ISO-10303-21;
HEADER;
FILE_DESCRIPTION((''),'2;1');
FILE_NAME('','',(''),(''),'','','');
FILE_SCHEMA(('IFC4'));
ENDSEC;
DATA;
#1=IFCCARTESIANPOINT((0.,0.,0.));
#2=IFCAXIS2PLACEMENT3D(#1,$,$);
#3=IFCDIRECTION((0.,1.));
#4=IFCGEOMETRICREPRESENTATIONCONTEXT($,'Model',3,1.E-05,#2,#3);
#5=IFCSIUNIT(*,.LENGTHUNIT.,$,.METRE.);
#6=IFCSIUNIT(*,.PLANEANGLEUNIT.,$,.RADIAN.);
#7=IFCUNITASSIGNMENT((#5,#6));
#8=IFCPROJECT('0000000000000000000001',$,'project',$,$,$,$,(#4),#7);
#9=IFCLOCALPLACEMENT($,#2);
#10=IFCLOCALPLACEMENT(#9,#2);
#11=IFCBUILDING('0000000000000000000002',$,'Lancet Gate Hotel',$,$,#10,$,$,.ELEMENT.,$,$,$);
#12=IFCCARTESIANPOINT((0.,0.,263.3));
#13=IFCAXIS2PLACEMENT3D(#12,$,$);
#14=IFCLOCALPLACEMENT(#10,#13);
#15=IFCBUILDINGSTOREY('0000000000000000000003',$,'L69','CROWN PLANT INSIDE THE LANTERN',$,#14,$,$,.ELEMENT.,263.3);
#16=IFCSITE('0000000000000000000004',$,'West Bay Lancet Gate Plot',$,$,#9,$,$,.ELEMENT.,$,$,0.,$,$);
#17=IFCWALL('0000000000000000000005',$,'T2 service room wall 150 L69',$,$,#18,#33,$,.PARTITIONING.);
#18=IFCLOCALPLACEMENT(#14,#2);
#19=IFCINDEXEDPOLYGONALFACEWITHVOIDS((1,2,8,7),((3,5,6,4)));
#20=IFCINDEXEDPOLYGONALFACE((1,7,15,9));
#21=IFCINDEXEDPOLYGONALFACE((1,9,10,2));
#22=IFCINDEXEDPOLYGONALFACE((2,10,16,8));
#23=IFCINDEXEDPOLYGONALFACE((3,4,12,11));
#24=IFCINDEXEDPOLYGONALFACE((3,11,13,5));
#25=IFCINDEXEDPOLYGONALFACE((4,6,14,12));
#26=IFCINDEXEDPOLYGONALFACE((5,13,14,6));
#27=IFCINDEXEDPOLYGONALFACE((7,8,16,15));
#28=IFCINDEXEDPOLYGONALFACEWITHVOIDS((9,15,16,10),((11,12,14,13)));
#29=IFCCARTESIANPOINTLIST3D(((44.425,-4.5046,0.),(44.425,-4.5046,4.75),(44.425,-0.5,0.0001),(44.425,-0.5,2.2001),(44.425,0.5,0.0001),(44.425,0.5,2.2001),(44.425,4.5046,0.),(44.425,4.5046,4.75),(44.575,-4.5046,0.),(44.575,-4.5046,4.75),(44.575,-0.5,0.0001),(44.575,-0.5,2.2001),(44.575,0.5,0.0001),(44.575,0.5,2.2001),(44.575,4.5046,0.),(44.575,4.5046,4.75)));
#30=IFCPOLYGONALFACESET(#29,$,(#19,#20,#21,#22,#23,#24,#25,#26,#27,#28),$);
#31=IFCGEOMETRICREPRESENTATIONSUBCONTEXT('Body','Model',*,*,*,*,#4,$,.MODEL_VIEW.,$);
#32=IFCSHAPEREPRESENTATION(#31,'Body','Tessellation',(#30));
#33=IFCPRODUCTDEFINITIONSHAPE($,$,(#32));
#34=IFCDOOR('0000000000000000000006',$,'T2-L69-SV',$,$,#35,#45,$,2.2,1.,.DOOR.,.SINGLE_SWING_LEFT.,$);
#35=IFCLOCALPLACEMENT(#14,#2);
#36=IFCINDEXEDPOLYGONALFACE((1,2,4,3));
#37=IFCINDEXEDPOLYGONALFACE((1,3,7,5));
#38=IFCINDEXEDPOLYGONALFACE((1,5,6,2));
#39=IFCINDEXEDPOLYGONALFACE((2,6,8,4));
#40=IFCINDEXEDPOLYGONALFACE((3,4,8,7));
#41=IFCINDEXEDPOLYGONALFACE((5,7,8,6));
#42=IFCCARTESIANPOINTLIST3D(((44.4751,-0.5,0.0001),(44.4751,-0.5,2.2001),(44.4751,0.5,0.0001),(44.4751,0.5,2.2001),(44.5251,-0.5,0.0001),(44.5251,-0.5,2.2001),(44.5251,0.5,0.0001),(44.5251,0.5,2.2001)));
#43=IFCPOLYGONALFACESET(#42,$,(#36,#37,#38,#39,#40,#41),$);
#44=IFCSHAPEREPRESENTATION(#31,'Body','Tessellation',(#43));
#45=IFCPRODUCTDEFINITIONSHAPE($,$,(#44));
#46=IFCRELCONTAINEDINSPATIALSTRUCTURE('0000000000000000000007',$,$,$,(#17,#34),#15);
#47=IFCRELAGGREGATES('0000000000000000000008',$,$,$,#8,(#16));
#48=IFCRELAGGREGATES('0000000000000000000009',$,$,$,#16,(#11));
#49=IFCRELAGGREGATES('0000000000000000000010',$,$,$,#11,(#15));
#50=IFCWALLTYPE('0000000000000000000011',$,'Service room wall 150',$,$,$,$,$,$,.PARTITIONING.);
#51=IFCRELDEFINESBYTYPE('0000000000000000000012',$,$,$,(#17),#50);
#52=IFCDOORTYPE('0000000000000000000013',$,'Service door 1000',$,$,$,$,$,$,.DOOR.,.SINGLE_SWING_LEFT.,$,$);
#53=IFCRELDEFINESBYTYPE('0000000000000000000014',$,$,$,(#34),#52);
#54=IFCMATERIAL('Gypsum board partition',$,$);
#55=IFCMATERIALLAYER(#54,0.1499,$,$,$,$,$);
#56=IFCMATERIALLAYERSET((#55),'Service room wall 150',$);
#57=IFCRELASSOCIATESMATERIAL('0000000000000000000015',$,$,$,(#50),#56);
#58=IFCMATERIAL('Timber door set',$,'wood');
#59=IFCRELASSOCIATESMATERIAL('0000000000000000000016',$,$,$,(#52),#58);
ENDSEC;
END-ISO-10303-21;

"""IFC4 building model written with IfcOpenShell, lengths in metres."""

from ifc_helpers import new_model, si_unit, direction, frame, frame_2d, origin, place, context, subcontext, project, spatial, rectangle, extrude, material, layer, layer_set, type_object, element, fill, save


model = new_model("IFC4")

# Units and contexts
model_context = context("Model", 3, precision=1e-05, world=origin(), true_north=direction((0.0, 1.0)))
body_context = subcontext(model_context, "Body", "Model", "MODEL_VIEW")
ifc_project = project(units=[si_unit("LENGTHUNIT", "METRE"), si_unit("PLANEANGLEUNIT", "RADIAN")], contexts=[model_context])

# Site, building, storey
site_placement = place(None, origin())
site = spatial("IfcSite", under=ifc_project, at=site_placement, Name="West Bay Lancet Gate Plot", CompositionType="ELEMENT", RefElevation=0.0)
building_placement = place(site_placement, origin())
building = spatial("IfcBuilding", under=site, at=building_placement, Name="Lancet Gate Hotel", CompositionType="ELEMENT")
storey_placement = place(building_placement, frame((0.0, 0.0, 263.3)))
storey = spatial("IfcBuildingStorey", under=building, at=storey_placement, Name="L69", Description="CROWN PLANT INSIDE THE LANTERN", CompositionType="ELEMENT", Elevation=263.3)

# Wall, opening, door
ifc_material_1 = material(Name="Gypsum board partition")
ifc_layer_1 = layer(ifc_material_1, 0.1499)
ifc_layer_set_1 = layer_set([ifc_layer_1], Name="Service room wall 150")
wall_type_1 = type_object("IfcWallType", Name="Service room wall 150", PredefinedType="PARTITIONING", material=ifc_layer_set_1)
wall_1_placement = place(storey_placement, frame((44.5, -4.5046, 0.0), z_axis=(0.0, 0.0, 1.0), x_axis=(0.0, 1.0, 0.0)))
wall_1 = element("IfcWall", 1, at=wall_1_placement, inside=storey, type_object=wall_type_1, Name="T2 service room wall 150 L69", PredefinedType="PARTITIONING", context=body_context, shape_type="SweptSolid", body=[
    extrude(rectangle(XDim=9.0093, YDim=0.1499, at=frame_2d((4.5046, 0.0))), origin(), (0.0, 0.0, 1.0), 4.75),
])
opening_placement = place(wall_1_placement, frame((4.0046, 0.0, 0.0)))
opening = element("IfcOpeningElement", 2, at=opening_placement, cuts=wall_1, PredefinedType="OPENING", context=body_context, shape_type="SweptSolid", body=[
    extrude(rectangle(XDim=1.0, YDim=2.2, at=frame_2d((0.5, 1.1001))), frame((0.0, 0.085, 0.0), z_axis=(0.0, -1.0, 0.0), x_axis=(1.0, 0.0, 0.0)), (0.0, 0.0, 1.0), 0.1699),
])
ifc_material_2 = material(Name="Timber door set", Category="wood")
door_type = type_object("IfcDoorType", Name="Service door 1000", OperationType="SINGLE_SWING_LEFT", PredefinedType="DOOR", material=ifc_material_2)
door_placement = place(opening_placement, origin())
door = element("IfcDoor", 3, at=door_placement, inside=storey, type_object=door_type, Name="T2-L69-SV", OperationType="SINGLE_SWING_LEFT", OverallHeight=2.2, OverallWidth=1.0, PredefinedType="DOOR", context=body_context, shape_type="SweptSolid", body=[
    extrude(rectangle(XDim=1.0, YDim=2.2, at=frame_2d((0.5, 1.1001))), frame((0.0, 0.0249, 0.0), z_axis=(0.0, -1.0, 0.0), x_axis=(1.0, 0.0, 0.0)), (0.0, 0.0, 1.0), 0.05),
])
fill(opening, door)

save(model, "model.ifc")
